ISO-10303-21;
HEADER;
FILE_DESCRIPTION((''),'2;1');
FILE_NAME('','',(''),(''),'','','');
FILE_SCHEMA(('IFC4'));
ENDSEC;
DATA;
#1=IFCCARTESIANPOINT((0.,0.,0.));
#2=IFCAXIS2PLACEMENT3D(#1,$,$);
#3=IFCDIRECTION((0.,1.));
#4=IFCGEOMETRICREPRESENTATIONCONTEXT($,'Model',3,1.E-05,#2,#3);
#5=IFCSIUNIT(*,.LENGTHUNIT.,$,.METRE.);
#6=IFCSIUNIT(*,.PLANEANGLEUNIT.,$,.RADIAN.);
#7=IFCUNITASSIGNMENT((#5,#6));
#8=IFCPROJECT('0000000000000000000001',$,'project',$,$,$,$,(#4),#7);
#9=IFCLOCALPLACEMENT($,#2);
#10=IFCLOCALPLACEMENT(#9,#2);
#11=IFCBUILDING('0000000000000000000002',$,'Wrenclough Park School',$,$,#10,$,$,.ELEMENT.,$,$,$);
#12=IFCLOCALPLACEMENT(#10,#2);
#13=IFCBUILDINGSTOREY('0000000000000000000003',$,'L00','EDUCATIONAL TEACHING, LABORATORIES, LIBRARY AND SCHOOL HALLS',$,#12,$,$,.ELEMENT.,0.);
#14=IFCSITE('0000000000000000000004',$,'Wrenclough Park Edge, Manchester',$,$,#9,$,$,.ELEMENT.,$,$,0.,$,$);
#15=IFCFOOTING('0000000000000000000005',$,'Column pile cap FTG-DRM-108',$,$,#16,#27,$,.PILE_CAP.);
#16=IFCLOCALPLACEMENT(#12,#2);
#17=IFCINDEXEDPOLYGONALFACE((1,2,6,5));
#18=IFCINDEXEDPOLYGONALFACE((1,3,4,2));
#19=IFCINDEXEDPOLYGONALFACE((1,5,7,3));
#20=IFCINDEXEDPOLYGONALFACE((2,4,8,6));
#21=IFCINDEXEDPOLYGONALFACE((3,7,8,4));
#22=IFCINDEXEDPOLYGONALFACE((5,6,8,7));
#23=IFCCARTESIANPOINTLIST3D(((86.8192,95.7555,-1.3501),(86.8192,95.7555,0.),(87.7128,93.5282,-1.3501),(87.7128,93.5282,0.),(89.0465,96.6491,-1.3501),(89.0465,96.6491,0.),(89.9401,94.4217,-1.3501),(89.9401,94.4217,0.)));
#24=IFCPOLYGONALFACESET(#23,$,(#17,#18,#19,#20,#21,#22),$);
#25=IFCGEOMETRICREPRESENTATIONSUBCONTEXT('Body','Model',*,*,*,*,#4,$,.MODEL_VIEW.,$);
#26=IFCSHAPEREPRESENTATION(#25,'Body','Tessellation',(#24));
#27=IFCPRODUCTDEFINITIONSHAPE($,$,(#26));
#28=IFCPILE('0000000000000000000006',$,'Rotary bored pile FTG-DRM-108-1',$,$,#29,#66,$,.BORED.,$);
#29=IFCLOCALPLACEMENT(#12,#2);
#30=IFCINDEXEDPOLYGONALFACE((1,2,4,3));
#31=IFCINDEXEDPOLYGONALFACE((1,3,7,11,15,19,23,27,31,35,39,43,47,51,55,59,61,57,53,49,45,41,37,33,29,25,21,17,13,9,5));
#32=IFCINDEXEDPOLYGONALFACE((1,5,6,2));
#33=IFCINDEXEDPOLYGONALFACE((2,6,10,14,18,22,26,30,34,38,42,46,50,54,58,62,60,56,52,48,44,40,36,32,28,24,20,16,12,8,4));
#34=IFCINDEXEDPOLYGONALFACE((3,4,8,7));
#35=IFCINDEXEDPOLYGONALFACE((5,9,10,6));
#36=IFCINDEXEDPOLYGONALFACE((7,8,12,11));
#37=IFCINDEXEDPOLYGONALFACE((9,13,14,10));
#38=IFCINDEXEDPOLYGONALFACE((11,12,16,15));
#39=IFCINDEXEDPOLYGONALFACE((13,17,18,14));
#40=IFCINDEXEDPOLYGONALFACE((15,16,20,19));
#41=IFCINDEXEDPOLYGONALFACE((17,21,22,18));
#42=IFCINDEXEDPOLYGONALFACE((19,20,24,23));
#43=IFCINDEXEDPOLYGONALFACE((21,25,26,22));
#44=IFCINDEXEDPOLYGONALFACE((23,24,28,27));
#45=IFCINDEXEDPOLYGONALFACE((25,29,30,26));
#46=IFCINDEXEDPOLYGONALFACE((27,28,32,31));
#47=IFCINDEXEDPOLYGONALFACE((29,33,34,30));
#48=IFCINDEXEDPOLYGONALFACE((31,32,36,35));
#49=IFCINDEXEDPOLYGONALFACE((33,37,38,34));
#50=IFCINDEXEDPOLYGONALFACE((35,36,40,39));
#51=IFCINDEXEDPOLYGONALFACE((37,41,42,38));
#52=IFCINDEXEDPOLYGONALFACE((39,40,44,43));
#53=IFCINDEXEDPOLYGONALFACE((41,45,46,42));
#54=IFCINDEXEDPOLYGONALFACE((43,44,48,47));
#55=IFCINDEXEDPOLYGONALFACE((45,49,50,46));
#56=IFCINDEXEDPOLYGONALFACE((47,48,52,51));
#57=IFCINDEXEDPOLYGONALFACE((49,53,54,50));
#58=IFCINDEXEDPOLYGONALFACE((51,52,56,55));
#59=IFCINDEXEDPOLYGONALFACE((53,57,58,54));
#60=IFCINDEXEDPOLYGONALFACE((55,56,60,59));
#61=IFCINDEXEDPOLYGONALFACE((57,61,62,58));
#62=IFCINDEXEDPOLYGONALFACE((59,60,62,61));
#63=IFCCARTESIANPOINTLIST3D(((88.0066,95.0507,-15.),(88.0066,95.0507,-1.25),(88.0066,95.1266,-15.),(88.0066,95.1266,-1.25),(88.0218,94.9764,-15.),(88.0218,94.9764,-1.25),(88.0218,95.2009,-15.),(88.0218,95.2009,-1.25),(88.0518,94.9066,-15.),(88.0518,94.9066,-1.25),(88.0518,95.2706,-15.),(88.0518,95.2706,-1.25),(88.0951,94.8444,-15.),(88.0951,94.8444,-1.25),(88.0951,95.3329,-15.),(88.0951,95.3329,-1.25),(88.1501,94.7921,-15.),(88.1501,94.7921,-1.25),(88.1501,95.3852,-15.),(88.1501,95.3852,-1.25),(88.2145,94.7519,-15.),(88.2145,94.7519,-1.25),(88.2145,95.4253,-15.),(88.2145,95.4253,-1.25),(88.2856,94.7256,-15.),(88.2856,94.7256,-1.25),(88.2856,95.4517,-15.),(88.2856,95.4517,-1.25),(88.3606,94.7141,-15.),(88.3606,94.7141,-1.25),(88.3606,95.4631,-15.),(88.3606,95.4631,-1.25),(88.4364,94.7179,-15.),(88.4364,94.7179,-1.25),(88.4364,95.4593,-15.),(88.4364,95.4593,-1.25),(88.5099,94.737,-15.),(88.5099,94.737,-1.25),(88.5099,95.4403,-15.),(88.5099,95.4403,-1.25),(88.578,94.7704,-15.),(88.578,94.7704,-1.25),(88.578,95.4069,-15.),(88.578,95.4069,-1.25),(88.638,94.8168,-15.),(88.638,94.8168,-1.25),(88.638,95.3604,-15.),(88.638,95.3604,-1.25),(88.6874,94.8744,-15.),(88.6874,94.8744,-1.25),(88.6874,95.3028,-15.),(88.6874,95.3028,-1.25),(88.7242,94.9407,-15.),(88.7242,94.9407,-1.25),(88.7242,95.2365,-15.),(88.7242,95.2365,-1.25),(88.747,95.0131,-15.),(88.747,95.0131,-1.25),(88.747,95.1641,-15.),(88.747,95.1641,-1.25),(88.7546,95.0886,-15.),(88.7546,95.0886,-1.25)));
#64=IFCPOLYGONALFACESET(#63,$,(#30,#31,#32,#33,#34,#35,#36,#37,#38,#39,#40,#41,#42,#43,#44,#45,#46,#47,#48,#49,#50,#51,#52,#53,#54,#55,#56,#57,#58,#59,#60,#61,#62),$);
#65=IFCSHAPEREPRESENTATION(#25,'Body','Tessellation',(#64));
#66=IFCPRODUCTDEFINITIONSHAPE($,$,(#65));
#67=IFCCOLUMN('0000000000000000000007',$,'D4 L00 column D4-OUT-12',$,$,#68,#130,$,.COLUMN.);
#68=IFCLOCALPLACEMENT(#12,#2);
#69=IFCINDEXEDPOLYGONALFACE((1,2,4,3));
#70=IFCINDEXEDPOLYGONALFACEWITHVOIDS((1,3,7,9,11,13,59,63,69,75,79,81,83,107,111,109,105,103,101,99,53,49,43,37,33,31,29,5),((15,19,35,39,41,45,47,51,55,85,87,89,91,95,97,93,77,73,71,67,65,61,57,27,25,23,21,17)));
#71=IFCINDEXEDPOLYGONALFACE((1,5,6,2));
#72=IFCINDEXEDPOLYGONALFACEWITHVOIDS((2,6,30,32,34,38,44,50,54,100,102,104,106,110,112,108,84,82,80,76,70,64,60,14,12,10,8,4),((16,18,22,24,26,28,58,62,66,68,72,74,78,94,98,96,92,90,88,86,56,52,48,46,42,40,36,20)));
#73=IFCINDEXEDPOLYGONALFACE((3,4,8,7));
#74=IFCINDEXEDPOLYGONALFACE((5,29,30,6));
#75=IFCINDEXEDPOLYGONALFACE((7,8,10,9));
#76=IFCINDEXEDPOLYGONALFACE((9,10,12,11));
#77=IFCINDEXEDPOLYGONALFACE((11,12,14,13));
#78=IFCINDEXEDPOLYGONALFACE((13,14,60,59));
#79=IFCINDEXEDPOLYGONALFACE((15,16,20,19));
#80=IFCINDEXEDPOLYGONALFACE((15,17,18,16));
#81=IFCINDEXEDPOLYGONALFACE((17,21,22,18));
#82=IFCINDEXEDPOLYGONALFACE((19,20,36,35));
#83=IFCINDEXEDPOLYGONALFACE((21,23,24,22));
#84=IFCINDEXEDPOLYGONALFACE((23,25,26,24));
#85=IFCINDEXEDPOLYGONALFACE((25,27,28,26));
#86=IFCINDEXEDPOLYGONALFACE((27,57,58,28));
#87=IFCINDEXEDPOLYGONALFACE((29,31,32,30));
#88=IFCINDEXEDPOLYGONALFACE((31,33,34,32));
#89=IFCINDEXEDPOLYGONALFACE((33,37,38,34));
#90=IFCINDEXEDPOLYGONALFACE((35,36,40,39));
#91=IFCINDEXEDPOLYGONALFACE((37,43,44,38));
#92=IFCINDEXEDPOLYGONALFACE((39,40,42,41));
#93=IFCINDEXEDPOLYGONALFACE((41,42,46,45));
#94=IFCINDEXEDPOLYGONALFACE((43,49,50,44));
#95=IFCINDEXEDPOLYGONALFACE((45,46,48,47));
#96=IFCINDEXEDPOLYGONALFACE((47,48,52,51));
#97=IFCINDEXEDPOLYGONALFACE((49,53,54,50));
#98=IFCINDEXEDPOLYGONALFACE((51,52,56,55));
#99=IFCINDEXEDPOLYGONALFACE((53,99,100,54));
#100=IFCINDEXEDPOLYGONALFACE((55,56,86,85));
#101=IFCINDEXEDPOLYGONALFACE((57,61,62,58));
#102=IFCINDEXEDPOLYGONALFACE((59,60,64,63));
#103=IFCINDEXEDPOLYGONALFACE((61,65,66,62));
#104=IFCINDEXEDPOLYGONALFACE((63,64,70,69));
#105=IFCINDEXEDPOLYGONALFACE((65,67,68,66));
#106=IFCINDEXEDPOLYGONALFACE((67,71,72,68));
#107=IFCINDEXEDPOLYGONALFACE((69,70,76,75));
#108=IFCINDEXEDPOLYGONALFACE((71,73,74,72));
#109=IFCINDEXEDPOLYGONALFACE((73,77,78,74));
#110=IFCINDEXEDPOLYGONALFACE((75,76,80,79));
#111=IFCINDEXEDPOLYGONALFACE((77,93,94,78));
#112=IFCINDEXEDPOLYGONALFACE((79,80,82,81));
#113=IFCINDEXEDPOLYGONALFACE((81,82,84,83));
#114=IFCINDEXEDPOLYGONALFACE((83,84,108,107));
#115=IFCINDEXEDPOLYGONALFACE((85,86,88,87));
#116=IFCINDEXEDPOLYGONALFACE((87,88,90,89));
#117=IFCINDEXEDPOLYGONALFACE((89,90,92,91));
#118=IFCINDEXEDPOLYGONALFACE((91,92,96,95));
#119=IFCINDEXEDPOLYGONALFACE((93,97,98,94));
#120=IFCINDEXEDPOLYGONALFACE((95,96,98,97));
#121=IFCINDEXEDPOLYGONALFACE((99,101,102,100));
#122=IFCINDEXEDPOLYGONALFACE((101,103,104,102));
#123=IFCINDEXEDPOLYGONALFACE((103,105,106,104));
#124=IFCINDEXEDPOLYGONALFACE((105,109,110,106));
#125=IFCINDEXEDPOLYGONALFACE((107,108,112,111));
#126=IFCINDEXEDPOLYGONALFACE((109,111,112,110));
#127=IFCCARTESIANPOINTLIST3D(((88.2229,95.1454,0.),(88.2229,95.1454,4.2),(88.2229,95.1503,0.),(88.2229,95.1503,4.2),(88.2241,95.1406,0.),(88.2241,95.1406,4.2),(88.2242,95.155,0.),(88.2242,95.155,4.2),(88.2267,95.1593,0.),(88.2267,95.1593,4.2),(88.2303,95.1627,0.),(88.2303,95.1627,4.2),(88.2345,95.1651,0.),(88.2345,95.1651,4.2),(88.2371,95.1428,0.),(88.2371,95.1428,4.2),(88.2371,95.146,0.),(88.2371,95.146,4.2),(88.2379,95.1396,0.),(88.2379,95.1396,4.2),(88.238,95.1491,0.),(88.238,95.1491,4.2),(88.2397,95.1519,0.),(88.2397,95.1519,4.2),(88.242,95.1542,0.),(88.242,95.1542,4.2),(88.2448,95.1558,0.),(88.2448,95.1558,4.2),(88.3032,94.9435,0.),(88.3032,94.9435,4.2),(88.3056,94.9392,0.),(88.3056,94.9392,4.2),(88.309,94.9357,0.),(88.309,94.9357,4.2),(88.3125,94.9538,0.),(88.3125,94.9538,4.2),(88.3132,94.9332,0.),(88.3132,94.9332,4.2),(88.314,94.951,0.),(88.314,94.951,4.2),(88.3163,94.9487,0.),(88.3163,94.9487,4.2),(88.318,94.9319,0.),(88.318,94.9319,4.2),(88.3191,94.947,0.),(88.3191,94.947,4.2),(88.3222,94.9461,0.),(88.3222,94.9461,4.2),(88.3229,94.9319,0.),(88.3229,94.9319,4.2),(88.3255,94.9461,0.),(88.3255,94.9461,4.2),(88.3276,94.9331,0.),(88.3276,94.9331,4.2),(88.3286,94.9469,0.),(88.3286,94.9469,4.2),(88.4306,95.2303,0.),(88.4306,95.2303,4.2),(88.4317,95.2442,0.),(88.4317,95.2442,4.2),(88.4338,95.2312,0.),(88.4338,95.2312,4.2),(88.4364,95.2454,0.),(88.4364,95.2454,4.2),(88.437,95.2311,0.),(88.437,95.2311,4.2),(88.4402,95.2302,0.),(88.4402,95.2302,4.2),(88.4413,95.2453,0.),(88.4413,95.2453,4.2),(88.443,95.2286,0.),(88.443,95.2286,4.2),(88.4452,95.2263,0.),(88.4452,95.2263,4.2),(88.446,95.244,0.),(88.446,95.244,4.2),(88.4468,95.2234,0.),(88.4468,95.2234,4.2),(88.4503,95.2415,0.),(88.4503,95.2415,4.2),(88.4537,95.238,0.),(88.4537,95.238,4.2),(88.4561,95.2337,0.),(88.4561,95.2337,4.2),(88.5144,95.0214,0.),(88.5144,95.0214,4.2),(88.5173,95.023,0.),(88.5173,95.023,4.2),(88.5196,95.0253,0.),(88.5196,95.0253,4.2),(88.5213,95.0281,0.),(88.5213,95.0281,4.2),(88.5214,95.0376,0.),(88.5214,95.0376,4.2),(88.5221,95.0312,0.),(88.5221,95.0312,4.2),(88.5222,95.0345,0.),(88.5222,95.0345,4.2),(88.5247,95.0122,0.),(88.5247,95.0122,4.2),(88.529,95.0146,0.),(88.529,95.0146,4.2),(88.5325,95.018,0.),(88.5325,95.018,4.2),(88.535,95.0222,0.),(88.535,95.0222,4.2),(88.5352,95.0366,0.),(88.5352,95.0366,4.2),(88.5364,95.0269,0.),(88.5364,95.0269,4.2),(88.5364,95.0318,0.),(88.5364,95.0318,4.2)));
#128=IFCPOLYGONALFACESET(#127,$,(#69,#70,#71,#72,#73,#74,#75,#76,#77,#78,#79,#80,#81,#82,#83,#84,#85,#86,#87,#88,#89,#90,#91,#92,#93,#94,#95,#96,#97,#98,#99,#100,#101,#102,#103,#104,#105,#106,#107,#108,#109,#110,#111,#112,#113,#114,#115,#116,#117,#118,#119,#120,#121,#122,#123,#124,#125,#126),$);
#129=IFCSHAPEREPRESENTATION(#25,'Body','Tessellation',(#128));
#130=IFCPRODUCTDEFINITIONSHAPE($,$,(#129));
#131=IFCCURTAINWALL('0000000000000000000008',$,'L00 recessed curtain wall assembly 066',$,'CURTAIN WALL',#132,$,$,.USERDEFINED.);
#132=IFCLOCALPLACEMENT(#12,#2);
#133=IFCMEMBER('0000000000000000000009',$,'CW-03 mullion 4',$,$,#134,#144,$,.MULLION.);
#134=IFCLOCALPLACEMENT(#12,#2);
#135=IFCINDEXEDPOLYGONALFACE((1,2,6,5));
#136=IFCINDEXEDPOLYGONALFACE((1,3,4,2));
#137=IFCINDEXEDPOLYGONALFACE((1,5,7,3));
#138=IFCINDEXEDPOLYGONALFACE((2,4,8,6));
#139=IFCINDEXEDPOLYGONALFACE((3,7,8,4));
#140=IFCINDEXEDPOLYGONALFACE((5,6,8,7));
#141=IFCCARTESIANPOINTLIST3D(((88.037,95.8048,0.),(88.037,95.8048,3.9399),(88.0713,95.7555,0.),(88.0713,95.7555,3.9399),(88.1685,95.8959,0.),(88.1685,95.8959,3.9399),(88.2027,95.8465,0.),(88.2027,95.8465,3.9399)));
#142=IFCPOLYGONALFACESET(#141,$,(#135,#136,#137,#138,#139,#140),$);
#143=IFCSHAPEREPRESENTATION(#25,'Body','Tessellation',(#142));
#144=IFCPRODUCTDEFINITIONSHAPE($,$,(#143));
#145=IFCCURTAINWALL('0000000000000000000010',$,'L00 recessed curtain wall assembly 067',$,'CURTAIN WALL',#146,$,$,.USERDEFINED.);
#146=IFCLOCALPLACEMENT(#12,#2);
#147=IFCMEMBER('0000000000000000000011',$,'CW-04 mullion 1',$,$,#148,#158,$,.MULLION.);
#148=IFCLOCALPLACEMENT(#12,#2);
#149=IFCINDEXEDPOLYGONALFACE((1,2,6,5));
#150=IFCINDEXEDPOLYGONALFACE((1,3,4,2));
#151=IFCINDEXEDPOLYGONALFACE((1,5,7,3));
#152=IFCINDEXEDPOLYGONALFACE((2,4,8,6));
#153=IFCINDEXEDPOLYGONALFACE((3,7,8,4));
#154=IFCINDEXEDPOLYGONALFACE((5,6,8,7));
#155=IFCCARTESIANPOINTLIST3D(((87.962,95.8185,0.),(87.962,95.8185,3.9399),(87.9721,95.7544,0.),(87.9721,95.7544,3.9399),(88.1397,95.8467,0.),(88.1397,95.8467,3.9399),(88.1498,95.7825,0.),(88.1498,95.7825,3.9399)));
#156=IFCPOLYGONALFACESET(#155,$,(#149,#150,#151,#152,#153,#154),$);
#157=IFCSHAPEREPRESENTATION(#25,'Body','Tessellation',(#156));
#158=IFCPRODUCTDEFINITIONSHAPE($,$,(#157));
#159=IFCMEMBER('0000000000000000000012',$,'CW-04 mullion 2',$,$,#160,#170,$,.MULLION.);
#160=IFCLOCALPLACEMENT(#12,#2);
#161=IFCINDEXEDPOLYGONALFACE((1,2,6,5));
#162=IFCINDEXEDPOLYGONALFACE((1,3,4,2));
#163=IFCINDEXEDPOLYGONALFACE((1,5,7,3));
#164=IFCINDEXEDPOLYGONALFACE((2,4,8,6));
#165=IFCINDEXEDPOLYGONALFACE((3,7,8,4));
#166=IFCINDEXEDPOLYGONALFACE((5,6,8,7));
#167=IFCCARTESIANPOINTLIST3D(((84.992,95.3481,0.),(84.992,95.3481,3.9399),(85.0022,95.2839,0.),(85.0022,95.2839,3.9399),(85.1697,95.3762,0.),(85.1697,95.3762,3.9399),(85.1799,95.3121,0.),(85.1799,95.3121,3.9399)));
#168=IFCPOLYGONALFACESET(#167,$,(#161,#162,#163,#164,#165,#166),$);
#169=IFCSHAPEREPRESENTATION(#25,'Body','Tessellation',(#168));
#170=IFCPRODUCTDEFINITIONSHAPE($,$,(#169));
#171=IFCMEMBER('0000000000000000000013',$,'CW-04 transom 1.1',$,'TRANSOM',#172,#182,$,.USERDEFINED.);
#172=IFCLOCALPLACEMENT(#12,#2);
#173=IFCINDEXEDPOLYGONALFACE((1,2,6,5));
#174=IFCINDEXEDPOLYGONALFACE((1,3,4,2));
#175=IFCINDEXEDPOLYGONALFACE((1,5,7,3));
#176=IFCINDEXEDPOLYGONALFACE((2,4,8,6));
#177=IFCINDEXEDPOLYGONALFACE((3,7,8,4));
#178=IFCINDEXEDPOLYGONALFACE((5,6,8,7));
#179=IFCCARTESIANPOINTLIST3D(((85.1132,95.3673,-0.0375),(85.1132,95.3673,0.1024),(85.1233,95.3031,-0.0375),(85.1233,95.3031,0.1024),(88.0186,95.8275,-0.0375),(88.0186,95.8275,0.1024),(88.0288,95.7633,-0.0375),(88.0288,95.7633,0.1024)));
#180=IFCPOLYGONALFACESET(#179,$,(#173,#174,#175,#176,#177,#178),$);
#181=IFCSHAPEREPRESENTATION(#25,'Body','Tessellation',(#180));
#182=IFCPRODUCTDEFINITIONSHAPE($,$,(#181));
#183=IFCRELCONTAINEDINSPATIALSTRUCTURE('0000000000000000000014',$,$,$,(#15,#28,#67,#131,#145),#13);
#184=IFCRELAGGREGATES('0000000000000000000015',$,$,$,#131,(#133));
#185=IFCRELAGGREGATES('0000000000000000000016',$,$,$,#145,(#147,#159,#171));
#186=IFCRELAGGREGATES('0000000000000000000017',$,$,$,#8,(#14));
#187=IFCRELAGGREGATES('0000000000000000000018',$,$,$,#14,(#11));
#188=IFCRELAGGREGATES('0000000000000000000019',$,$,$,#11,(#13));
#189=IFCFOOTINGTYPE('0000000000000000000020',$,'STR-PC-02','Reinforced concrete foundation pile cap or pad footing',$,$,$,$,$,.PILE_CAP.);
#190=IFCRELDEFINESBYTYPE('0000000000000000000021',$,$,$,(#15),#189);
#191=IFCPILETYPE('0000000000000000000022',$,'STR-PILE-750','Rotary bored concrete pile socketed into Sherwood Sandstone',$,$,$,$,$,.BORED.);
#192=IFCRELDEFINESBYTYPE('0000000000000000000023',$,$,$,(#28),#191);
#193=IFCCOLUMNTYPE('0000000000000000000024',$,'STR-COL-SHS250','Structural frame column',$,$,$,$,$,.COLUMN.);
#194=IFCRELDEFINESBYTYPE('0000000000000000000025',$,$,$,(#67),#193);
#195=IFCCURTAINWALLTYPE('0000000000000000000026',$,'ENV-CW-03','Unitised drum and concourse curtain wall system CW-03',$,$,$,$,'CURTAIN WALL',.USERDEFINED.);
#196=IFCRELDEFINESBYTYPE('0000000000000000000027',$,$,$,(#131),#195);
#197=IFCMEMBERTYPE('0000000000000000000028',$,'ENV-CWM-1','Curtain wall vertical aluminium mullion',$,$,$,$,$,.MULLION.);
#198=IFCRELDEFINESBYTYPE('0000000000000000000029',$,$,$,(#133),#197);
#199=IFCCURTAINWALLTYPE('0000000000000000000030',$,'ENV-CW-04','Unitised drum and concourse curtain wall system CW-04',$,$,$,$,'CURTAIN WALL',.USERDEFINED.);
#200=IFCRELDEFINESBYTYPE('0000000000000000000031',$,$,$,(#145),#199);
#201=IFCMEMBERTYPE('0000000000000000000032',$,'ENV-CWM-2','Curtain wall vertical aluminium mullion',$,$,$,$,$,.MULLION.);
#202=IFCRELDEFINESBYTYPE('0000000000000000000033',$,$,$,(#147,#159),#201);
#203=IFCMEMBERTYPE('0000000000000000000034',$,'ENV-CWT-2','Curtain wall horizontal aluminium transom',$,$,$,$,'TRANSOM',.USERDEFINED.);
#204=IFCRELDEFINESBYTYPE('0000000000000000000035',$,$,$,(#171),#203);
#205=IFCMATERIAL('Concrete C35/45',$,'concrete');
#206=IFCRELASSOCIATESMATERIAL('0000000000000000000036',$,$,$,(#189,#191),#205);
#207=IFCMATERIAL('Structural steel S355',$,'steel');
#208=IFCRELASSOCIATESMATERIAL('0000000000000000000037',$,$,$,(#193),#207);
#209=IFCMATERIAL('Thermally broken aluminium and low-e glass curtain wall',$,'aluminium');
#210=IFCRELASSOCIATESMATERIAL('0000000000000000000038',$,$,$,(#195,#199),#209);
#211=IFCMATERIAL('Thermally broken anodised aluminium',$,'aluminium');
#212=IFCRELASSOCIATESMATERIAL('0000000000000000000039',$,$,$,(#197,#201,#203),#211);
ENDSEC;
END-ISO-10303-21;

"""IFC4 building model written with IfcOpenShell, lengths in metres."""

from ifc_helpers import new_model, si_unit, direction, frame, origin, origin_2d, place, context, subcontext, project, spatial, rectangle, hollow_rectangle, circle, extrude, material, material_profile, profile_set, type_object, element, aggregate, save


model = new_model("IFC4")

# Units and contexts
model_context = context("Model", 3, precision=1e-05, world=origin(), true_north=direction((0.0, 1.0)))
body_context = subcontext(model_context, "Body", "Model", "MODEL_VIEW")
ifc_project = project(units=[si_unit("LENGTHUNIT", "METRE"), si_unit("PLANEANGLEUNIT", "RADIAN")], contexts=[model_context])

# Site, building, storey
site_placement = place(None, origin())
site = spatial("IfcSite", under=ifc_project, at=site_placement, Name="Wrenclough Park Edge, Manchester", CompositionType="ELEMENT", RefElevation=0.0)
building_placement = place(site_placement, origin())
building = spatial("IfcBuilding", under=site, at=building_placement, Name="Wrenclough Park School", CompositionType="ELEMENT")
storey_placement = place(building_placement, origin())
storey = spatial("IfcBuildingStorey", under=building, at=storey_placement, Name="L00", Description="EDUCATIONAL TEACHING, LABORATORIES, LIBRARY AND SCHOOL HALLS", CompositionType="ELEMENT", Elevation=0.0)

# Footing
ifc_material_1 = material(Name="Concrete C35/45", Category="concrete")
footing_type = type_object("IfcFootingType", Name="STR-PC-02", Description="Reinforced concrete foundation pile cap or pad footing", PredefinedType="PILE_CAP", material=ifc_material_1)
footing_placement = place(storey_placement, frame((88.3796, 95.0886, -1.3501), z_axis=(0.0, 0.0, 1.0), x_axis=(0.928096, 0.37234, 0.0)))
element("IfcFooting", 1, at=footing_placement, inside=storey, type_object=footing_type, Name="Column pile cap FTG-DRM-108", PredefinedType="PILE_CAP", context=body_context, shape_type="SweptSolid", body=[
    extrude(rectangle(XDim=2.3999, YDim=2.3999, at=origin_2d()), origin(), (0.0, 0.0, 1.0), 1.3501),
])

# Pile
ifc_material_profile_1 = material_profile(ifc_material_1, circle(Radius=0.375, at=origin_2d()), Name="BORED PILE D750")
ifc_profile_set_1 = profile_set([ifc_material_profile_1], Name="Concrete C35/45")
pile_type = type_object("IfcPileType", Name="STR-PILE-750", Description="Rotary bored concrete pile socketed into Sherwood Sandstone", PredefinedType="BORED", material=ifc_profile_set_1)
pile_placement = place(storey_placement, frame((88.3796, 95.0886, -1.25), z_axis=(0.0, 0.0, -1.0), x_axis=(1.0, 0.0, 0.0)))
element("IfcPile", 2, at=pile_placement, inside=storey, type_object=pile_type, Name="Rotary bored pile FTG-DRM-108-1", PredefinedType="BORED", context=body_context, shape_type="SweptSolid", body=[
    extrude(circle(Radius=0.375, at=origin_2d()), origin(), (0.0, 0.0, 1.0), 13.75),
])

# Column
ifc_material_2 = material(Name="Structural steel S355", Category="steel")
ifc_material_profile_2 = material_profile(ifc_material_2, hollow_rectangle(XDim=0.25, YDim=0.25, WallThickness=0.0125, InnerFilletRadius=0.0125, OuterFilletRadius=0.0188, at=origin_2d()), Name="SHS 250x250x12.5")
ifc_profile_set_2 = profile_set([ifc_material_profile_2], Name="Structural steel S355")
column_type = type_object("IfcColumnType", Name="STR-COL-SHS250", Description="Structural frame column", PredefinedType="COLUMN", material=ifc_profile_set_2)
column_placement = place(storey_placement, frame((88.3796, 95.0886, 0.0), z_axis=(0.0, 0.0, 1.0), x_axis=(0.928096, 0.37234, 0.0)))
element("IfcColumn", 3, at=column_placement, inside=storey, type_object=column_type, Name="D4 L00 column D4-OUT-12", PredefinedType="COLUMN", context=body_context, shape_type="SweptSolid", body=[
    extrude(hollow_rectangle(XDim=0.25, YDim=0.25, WallThickness=0.0125, InnerFilletRadius=0.0125, OuterFilletRadius=0.0188, at=origin_2d()), origin(), (0.0, 0.0, 1.0), 4.2),
])

# Curtain wall, member
ifc_material_3 = material(Name="Thermally broken aluminium and low-e glass curtain wall", Category="aluminium")
curtain_wall_type_1 = type_object("IfcCurtainWallType", Name="ENV-CW-03", Description="Unitised drum and concourse curtain wall system CW-03", ElementType="CURTAIN WALL", PredefinedType="USERDEFINED", material=ifc_material_3)
curtain_wall_1_placement = place(storey_placement, origin())
curtain_wall_1 = element("IfcCurtainWall", 4, at=curtain_wall_1_placement, inside=storey, type_object=curtain_wall_type_1, Name="L00 recessed curtain wall assembly 066", ObjectType="CURTAIN WALL", PredefinedType="USERDEFINED")
ifc_material_4 = material(Name="Thermally broken anodised aluminium", Category="aluminium")
ifc_material_profile_3 = material_profile(ifc_material_4, rectangle(XDim=0.0601, YDim=0.1599, at=origin_2d()), Name="AL MULLION 60x160")
ifc_profile_set_3 = profile_set([ifc_material_profile_3], Name="Thermally broken anodised aluminium")
member_type_1 = type_object("IfcMemberType", Name="ENV-CWM-1", Description="Curtain wall vertical aluminium mullion", PredefinedType="MULLION", material=ifc_profile_set_3)
member_1_placement = place(storey_placement, frame((88.1199, 95.8257, 0.0), z_axis=(0.0, 0.0, 1.0), x_axis=(0.569486, -0.822001, 0.0)))
member_1 = element("IfcMember", 5, at=member_1_placement, type_object=member_type_1, Name="CW-03 mullion 4", PredefinedType="MULLION", context=body_context, shape_type="SweptSolid", body=[
    extrude(rectangle(XDim=0.0601, YDim=0.1599, at=origin_2d()), origin(), (0.0, 0.0, 1.0), 3.9399),
])

# Curtain wall, members
curtain_wall_type_2 = type_object("IfcCurtainWallType", Name="ENV-CW-04", Description="Unitised drum and concourse curtain wall system CW-04", ElementType="CURTAIN WALL", PredefinedType="USERDEFINED", material=ifc_material_3)
curtain_wall_2_placement = place(storey_placement, origin())
curtain_wall_2 = element("IfcCurtainWall", 6, at=curtain_wall_2_placement, inside=storey, type_object=curtain_wall_type_2, Name="L00 recessed curtain wall assembly 067", ObjectType="CURTAIN WALL", PredefinedType="USERDEFINED")
ifc_material_profile_4 = material_profile(ifc_material_4, rectangle(XDim=0.0649, YDim=0.1799, at=origin_2d()), Name="AL MULLION 65x180")
ifc_profile_set_4 = profile_set([ifc_material_profile_4], Name="Thermally broken anodised aluminium")
member_type_2 = type_object("IfcMemberType", Name="ENV-CWM-2", Description="Curtain wall vertical aluminium mullion", PredefinedType="MULLION", material=ifc_profile_set_4)
member_2_placement = place(storey_placement, frame((88.0559, 95.8005, 0.0), z_axis=(0.0, 0.0, 1.0), x_axis=(0.156425, -0.98769, 0.0)))
member_2 = element("IfcMember", 7, at=member_2_placement, type_object=member_type_2, Name="CW-04 mullion 1", PredefinedType="MULLION", context=body_context, shape_type="SweptSolid", body=[
    extrude(rectangle(XDim=0.0649, YDim=0.1799, at=origin_2d()), origin(), (0.0, 0.0, 1.0), 3.9399),
])
member_3_placement = place(storey_placement, frame((85.0859, 95.3301, 0.0), z_axis=(0.0, 0.0, 1.0), x_axis=(0.156425, -0.98769, 0.0)))
member_3 = element("IfcMember", 8, at=member_3_placement, type_object=member_type_2, Name="CW-04 mullion 2", PredefinedType="MULLION", context=body_context, shape_type="SweptSolid", body=[
    extrude(rectangle(XDim=0.0649, YDim=0.1799, at=origin_2d()), origin(), (0.0, 0.0, 1.0), 3.9399),
])
ifc_material_profile_5 = material_profile(ifc_material_4, rectangle(XDim=0.0649, YDim=0.1399, at=origin_2d()), Name="AL TRANSOM 65x140")
ifc_profile_set_5 = profile_set([ifc_material_profile_5], Name="Thermally broken anodised aluminium")
member_type_3 = type_object("IfcMemberType", Name="ENV-CWT-2", Description="Curtain wall horizontal aluminium transom", ElementType="TRANSOM", PredefinedType="USERDEFINED", material=ifc_profile_set_5)
member_4_placement = place(storey_placement, frame((88.0237, 95.7954, 0.0325), z_axis=(-0.987687, -0.15644, 0.0), x_axis=(0.15644, -0.987687, 0.0)))
member_4 = element("IfcMember", 9, at=member_4_placement, type_object=member_type_3, Name="CW-04 transom 1.1", ObjectType="TRANSOM", PredefinedType="USERDEFINED", context=body_context, shape_type="SweptSolid", body=[
    extrude(rectangle(XDim=0.0649, YDim=0.1399, at=origin_2d()), origin(), (0.0, 0.0, 1.0), 2.9417),
])

aggregate(curtain_wall_1, [member_1])
aggregate(curtain_wall_2, [member_2, member_3, member_4])

save(model, "model.ifc")
